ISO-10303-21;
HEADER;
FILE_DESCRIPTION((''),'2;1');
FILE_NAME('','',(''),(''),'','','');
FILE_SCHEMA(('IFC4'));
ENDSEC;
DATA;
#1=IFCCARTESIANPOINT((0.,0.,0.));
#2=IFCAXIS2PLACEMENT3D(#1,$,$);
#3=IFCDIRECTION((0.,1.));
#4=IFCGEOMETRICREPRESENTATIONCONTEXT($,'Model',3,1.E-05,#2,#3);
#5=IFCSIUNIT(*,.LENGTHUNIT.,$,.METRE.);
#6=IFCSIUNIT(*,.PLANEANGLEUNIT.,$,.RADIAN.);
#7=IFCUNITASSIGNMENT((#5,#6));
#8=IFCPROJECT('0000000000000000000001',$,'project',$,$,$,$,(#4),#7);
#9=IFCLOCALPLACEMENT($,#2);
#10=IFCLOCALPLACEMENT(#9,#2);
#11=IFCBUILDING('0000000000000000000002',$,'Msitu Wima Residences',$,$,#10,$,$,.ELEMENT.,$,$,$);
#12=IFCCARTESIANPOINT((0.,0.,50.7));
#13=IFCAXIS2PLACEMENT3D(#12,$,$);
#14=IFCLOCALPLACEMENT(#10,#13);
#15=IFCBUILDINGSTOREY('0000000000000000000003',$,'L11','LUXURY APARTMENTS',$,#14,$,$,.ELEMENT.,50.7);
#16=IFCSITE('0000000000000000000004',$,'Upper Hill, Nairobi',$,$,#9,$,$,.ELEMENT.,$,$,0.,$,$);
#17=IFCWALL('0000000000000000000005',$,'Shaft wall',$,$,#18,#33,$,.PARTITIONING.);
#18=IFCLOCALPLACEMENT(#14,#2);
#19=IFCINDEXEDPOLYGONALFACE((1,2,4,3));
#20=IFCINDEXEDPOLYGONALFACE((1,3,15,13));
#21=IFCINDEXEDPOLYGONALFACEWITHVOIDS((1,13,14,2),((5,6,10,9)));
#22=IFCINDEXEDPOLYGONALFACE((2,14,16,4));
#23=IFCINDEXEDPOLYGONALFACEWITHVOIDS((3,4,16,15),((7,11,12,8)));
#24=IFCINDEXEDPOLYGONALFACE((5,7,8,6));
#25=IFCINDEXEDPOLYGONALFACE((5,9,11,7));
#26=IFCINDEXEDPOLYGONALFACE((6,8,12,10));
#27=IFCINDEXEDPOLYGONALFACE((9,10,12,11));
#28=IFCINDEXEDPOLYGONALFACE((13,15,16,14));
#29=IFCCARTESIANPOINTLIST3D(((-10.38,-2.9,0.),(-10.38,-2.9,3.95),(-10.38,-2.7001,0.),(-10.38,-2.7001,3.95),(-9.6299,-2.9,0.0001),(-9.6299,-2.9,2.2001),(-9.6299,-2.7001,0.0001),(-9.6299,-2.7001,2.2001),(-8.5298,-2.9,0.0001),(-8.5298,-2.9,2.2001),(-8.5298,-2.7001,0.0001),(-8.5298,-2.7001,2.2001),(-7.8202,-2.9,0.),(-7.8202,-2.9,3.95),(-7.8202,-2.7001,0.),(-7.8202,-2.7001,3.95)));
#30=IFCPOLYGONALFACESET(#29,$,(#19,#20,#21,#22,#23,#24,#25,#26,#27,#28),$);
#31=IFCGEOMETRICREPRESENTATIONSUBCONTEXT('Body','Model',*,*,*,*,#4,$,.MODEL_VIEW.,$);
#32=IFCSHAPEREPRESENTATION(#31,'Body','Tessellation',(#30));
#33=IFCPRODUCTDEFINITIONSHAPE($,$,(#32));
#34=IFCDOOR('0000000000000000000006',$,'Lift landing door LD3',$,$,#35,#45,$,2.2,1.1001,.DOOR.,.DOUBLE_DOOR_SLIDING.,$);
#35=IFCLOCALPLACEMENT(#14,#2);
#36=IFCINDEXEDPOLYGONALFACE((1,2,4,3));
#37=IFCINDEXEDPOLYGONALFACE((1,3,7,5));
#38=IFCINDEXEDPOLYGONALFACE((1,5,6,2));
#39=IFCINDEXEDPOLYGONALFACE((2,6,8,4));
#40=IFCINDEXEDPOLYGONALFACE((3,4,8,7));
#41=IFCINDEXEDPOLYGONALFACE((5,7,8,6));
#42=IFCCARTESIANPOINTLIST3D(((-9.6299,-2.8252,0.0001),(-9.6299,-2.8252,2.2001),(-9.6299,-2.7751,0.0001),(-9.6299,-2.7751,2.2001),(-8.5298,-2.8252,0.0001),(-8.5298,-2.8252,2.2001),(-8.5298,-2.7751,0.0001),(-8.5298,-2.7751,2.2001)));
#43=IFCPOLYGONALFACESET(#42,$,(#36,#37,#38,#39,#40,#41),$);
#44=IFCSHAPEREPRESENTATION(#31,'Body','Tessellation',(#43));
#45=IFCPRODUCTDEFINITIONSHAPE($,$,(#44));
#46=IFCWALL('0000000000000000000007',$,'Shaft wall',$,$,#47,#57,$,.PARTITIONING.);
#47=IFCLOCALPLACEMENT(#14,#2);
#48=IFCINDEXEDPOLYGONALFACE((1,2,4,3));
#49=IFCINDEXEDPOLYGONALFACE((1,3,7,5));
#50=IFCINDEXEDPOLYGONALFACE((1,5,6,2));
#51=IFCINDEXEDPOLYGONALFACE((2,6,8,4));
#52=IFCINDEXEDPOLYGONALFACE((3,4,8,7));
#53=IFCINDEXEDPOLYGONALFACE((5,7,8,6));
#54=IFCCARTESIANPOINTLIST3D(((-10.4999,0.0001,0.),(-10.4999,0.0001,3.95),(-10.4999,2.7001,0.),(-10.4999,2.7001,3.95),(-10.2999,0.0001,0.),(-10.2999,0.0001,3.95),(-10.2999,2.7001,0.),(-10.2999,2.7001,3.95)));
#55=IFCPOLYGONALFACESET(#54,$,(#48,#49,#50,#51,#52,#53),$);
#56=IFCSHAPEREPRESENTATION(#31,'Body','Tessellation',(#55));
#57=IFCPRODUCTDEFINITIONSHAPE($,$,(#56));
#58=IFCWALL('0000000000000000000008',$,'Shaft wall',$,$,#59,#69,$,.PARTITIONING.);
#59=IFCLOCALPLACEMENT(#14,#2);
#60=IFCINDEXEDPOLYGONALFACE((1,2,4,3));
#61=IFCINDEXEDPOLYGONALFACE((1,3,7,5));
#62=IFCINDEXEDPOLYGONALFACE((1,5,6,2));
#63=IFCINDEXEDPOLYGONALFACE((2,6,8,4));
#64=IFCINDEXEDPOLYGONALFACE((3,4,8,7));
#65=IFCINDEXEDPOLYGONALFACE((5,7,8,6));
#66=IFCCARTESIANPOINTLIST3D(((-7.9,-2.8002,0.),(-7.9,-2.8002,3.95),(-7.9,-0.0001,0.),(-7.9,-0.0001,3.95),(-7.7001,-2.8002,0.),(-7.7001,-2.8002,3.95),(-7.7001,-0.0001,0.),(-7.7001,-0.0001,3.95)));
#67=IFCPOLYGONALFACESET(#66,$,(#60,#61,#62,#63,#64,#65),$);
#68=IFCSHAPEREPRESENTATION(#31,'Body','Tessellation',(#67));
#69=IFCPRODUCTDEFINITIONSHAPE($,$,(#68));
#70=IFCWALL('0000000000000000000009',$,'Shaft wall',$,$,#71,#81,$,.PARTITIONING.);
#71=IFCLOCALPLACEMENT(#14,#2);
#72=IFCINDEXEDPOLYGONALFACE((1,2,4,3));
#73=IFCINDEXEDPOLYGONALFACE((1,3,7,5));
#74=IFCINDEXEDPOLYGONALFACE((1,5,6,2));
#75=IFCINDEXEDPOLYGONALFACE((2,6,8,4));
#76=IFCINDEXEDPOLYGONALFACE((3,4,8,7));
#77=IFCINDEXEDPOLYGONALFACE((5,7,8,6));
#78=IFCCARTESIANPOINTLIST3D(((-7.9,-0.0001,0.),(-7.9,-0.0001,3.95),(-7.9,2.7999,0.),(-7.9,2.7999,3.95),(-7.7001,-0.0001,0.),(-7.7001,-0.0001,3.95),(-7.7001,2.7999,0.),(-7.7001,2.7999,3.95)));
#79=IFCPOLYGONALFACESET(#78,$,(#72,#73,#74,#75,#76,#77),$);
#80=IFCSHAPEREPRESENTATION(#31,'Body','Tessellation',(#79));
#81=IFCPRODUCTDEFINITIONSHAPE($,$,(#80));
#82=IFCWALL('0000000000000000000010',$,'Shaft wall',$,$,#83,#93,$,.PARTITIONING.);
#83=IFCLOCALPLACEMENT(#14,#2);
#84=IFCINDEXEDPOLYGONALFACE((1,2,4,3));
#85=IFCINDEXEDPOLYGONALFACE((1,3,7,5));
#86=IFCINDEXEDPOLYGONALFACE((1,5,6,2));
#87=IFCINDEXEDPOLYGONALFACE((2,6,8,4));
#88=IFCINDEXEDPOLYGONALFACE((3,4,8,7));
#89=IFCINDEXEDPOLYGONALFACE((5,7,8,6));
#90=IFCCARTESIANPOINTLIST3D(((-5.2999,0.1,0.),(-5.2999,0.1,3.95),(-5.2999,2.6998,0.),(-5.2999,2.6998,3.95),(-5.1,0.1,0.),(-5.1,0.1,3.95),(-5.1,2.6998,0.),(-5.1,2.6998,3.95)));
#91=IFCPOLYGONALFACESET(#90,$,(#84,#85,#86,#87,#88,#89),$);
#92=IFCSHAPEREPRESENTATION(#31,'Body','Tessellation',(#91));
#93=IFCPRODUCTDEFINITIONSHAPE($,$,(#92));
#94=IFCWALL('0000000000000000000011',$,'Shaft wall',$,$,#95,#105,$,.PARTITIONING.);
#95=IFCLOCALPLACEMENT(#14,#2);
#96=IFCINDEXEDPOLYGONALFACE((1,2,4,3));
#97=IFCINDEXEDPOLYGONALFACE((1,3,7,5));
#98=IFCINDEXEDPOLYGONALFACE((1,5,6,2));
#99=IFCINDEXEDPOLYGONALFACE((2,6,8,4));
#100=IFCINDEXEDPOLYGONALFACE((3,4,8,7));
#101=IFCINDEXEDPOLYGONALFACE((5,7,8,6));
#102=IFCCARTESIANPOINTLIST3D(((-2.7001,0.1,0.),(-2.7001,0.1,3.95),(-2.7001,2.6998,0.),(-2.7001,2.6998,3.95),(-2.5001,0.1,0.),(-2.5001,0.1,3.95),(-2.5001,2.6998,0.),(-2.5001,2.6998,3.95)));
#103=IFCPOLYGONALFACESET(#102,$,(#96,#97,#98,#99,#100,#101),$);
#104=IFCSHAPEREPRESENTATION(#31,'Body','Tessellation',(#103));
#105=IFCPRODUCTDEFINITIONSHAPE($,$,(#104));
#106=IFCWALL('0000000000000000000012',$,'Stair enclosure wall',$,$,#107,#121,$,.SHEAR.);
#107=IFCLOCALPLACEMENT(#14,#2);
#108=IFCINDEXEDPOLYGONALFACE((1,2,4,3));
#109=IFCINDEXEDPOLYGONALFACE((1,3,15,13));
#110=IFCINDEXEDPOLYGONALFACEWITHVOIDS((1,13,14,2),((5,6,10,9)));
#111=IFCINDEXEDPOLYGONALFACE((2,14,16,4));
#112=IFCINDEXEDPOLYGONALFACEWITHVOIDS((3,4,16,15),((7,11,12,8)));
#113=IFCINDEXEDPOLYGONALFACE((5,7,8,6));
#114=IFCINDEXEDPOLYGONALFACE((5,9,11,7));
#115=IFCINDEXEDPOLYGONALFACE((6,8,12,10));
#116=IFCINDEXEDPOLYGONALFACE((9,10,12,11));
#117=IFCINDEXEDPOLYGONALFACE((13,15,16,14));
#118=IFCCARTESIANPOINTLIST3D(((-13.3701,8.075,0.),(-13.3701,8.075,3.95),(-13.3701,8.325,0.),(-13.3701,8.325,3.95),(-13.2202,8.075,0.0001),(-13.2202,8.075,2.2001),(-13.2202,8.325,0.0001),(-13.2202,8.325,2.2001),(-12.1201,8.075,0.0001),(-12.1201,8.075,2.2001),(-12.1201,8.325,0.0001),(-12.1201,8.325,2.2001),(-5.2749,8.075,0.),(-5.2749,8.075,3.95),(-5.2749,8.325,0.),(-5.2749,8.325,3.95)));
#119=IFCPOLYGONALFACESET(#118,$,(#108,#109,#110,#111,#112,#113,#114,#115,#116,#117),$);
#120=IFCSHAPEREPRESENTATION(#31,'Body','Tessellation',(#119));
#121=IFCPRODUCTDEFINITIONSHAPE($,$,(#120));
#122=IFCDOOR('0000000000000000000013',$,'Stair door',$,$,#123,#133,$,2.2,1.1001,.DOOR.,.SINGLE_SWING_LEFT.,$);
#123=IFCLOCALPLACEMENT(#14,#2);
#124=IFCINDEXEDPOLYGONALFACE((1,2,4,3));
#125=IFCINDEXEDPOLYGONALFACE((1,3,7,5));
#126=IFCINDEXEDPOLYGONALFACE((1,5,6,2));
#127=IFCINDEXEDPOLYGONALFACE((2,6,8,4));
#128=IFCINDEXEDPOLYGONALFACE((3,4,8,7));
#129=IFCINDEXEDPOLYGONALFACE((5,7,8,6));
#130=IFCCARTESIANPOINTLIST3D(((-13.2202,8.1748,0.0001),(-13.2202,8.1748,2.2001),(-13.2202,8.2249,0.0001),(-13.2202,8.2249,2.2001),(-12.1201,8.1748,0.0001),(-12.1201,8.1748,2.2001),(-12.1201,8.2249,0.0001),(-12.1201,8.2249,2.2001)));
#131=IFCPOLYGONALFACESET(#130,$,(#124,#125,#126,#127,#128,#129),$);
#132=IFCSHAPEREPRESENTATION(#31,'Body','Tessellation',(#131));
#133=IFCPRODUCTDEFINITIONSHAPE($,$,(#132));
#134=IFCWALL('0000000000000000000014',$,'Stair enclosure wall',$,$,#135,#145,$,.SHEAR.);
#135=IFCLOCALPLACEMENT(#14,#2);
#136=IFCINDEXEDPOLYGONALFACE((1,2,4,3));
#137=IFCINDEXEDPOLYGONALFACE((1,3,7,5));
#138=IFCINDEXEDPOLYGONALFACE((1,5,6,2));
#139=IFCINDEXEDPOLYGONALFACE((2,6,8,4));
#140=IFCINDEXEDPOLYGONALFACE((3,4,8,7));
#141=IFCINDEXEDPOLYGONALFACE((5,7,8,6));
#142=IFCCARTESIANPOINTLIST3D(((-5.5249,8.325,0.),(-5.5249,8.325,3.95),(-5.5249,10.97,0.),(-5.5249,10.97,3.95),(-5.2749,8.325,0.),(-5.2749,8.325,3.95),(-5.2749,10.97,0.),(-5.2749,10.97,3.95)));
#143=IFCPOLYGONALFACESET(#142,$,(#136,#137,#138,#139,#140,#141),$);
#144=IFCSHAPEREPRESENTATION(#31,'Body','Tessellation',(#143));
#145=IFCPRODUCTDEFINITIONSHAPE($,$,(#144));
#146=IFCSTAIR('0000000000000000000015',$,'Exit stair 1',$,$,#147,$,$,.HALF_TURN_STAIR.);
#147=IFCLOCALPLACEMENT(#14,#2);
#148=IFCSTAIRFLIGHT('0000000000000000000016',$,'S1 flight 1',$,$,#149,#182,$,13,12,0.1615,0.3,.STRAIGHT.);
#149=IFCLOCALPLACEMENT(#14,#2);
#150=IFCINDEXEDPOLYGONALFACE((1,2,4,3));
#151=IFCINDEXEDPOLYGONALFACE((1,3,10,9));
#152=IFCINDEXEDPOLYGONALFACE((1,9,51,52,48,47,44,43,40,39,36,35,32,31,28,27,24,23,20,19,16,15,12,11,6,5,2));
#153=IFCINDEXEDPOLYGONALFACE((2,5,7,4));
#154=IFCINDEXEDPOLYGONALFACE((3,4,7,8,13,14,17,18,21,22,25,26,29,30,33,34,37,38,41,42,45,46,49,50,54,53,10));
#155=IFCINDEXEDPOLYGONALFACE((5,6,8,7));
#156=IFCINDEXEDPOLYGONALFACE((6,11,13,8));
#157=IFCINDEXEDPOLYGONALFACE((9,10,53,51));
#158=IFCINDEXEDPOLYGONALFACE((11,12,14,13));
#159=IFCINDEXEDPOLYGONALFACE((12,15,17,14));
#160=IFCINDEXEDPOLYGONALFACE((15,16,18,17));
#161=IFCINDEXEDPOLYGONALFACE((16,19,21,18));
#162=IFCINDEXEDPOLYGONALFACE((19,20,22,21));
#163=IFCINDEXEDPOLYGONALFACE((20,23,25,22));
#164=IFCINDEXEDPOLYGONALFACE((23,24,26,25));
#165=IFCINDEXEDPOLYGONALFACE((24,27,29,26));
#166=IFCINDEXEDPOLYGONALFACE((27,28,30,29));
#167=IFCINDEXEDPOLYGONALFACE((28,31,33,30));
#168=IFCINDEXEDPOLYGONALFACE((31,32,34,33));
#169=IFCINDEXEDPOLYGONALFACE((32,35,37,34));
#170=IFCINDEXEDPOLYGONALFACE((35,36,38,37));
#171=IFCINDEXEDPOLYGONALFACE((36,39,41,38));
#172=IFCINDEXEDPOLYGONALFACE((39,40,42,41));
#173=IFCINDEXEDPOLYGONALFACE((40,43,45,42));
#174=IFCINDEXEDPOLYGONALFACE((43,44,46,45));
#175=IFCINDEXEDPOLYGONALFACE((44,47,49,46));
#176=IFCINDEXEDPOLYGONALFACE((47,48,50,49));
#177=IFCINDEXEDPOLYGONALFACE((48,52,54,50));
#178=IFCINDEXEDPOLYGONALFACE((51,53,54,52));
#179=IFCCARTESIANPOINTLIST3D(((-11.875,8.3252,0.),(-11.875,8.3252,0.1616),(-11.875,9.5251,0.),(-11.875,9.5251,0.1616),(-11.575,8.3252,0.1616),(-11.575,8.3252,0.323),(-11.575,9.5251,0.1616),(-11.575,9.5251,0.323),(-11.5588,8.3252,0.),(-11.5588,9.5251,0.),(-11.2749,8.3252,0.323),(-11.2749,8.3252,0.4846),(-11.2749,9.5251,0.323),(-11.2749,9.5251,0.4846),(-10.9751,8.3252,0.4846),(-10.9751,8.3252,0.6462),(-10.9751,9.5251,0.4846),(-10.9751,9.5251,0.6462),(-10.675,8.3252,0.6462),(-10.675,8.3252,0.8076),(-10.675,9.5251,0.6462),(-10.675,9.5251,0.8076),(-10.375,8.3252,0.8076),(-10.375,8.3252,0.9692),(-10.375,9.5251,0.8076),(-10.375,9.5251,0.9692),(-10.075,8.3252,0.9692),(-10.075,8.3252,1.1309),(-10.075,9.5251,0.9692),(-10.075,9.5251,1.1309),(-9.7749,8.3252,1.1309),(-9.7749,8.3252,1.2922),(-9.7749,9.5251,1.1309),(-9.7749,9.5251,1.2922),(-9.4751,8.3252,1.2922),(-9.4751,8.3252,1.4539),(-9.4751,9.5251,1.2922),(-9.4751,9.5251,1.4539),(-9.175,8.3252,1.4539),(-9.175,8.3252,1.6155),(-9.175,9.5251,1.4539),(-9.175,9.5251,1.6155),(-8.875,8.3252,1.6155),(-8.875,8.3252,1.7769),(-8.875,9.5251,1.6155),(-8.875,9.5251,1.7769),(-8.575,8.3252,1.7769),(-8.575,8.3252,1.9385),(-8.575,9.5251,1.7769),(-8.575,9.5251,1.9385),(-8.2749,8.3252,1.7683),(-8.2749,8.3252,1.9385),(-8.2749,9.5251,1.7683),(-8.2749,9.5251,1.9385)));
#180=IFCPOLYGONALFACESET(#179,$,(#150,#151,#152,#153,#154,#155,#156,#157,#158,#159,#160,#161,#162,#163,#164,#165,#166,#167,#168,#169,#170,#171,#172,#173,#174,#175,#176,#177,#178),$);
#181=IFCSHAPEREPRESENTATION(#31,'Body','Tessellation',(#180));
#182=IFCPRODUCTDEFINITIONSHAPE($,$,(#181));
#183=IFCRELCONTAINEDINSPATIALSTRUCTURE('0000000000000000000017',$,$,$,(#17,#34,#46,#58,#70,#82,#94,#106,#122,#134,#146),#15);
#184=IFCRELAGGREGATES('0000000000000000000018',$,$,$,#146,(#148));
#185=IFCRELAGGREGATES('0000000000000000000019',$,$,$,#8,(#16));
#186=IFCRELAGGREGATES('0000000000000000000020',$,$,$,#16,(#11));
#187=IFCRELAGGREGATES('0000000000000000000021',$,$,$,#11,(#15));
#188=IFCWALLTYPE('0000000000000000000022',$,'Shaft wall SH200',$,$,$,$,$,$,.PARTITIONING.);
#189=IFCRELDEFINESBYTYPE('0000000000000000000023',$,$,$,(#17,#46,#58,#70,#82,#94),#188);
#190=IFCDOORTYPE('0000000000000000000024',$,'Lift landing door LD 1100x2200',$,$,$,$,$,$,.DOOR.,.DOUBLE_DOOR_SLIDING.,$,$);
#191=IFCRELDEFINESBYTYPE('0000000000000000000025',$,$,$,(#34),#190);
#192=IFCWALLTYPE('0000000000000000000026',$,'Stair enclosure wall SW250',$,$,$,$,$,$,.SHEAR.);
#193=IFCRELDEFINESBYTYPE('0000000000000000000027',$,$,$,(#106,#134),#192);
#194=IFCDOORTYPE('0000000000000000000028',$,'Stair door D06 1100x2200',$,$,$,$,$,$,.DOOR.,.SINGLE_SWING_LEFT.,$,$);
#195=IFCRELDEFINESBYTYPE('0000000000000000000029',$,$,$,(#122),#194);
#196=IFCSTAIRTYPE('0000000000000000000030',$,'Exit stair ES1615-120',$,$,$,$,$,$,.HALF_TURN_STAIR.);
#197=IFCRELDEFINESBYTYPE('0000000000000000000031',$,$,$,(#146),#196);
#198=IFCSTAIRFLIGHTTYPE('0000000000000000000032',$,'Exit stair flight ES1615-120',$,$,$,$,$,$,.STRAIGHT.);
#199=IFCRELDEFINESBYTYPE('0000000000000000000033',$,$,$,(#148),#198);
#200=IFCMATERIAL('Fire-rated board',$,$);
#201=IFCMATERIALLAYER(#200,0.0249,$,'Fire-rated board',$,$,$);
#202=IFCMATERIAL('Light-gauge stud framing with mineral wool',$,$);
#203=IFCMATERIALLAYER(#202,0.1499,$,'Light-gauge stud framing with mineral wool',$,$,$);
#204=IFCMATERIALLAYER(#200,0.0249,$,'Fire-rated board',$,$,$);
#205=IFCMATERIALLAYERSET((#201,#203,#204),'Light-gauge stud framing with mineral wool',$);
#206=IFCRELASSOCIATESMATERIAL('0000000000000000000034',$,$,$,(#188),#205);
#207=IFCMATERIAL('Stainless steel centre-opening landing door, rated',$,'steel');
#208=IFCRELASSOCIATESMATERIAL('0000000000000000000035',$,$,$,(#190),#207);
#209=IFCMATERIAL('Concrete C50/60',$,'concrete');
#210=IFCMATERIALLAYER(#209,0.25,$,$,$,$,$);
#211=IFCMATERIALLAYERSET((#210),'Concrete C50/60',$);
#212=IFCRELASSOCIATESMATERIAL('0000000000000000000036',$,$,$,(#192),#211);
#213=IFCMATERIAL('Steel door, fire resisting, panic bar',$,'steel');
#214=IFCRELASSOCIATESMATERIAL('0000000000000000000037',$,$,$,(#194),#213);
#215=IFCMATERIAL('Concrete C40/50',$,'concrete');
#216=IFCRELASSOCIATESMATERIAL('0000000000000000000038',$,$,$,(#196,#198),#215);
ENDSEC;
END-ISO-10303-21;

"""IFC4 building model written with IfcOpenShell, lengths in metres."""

from ifc_helpers import new_model, si_unit, direction, frame, frame_2d, origin, place, context, subcontext, project, spatial, polyline, rectangle, outline, extrude, material, layer, layer_set, type_object, element, fill, aggregate, save


model = new_model("IFC4")

# Units and contexts
model_context = context("Model", 3, precision=1e-05, world=origin(), true_north=direction((0.0, 1.0)))
body_context = subcontext(model_context, "Body", "Model", "MODEL_VIEW")
ifc_project = project(units=[si_unit("LENGTHUNIT", "METRE"), si_unit("PLANEANGLEUNIT", "RADIAN")], contexts=[model_context])

# Site, building, storey
site_placement = place(None, origin())
site = spatial("IfcSite", under=ifc_project, at=site_placement, Name="Upper Hill, Nairobi", CompositionType="ELEMENT", RefElevation=0.0)
building_placement = place(site_placement, origin())
building = spatial("IfcBuilding", under=site, at=building_placement, Name="Msitu Wima Residences", CompositionType="ELEMENT")
storey_placement = place(building_placement, frame((0.0, 0.0, 50.7)))
storey = spatial("IfcBuildingStorey", under=building, at=storey_placement, Name="L11", Description="LUXURY APARTMENTS", CompositionType="ELEMENT", Elevation=50.7)

# Shared definitions
ifc_material_1 = material(Name="Concrete C40/50", Category="concrete")

# Shared definitions
ifc_material_2 = material(Name="Fire-rated board")
ifc_layer_1 = layer(ifc_material_2, 0.0249, Name="Fire-rated board")
ifc_material_3 = material(Name="Light-gauge stud framing with mineral wool")
ifc_layer_2 = layer(ifc_material_3, 0.1499, Name="Light-gauge stud framing with mineral wool")
ifc_layer_3 = layer(ifc_material_2, 0.0249, Name="Fire-rated board")
ifc_layer_set_1 = layer_set([ifc_layer_1, ifc_layer_2, ifc_layer_3], Name="Light-gauge stud framing with mineral wool")
wall_type_1 = type_object("IfcWallType", Name="Shaft wall SH200", PredefinedType="PARTITIONING", material=ifc_layer_set_1)

# Wall, opening, door
wall_1_placement = place(storey_placement, frame((-10.3799, -2.8, 0.0), z_axis=(0.0, 0.0, 1.0), x_axis=(1.0, 0.0, 0.0)))
wall_1 = element("IfcWall", 1, at=wall_1_placement, inside=storey, type_object=wall_type_1, Name="Shaft wall", PredefinedType="PARTITIONING", context=body_context, shape_type="SweptSolid", body=[
    extrude(rectangle(XDim=2.5598, YDim=0.2, at=frame_2d((1.2798, 0.0))), origin(), (0.0, 0.0, 1.0), 3.95),
])
opening_1_placement = place(wall_1_placement, frame((0.75, 0.0, 0.0)))
opening_1 = element("IfcOpeningElement", 2, at=opening_1_placement, cuts=wall_1, PredefinedType="OPENING", context=body_context, shape_type="SweptSolid", body=[
    extrude(rectangle(XDim=1.1001, YDim=2.2, at=frame_2d((0.55, 1.1001))), frame((0.0, 0.1099, 0.0), z_axis=(0.0, -1.0, 0.0), x_axis=(1.0, 0.0, 0.0)), (0.0, 0.0, 1.0), 0.22),
])
ifc_material_4 = material(Name="Stainless steel centre-opening landing door, rated", Category="steel")
door_type_1 = type_object("IfcDoorType", Name="Lift landing door LD 1100x2200", OperationType="DOUBLE_DOOR_SLIDING", PredefinedType="DOOR", material=ifc_material_4)
door_1_placement = place(opening_1_placement, origin())
door_1 = element("IfcDoor", 3, at=door_1_placement, inside=storey, type_object=door_type_1, Name="Lift landing door LD3", OperationType="DOUBLE_DOOR_SLIDING", OverallHeight=2.2, OverallWidth=1.1001, PredefinedType="DOOR", context=body_context, shape_type="SweptSolid", body=[
    extrude(rectangle(XDim=1.1001, YDim=2.2, at=frame_2d((0.55, 1.1001))), frame((0.0, 0.0249, 0.0), z_axis=(0.0, -1.0, 0.0), x_axis=(1.0, 0.0, 0.0)), (0.0, 0.0, 1.0), 0.05),
])
fill(opening_1, door_1)

# Walls
wall_2_placement = place(storey_placement, frame((-10.3999, 0.0, 0.0), z_axis=(0.0, 0.0, 1.0), x_axis=(0.0, 1.0, 0.0)))
element("IfcWall", 4, at=wall_2_placement, inside=storey, type_object=wall_type_1, Name="Shaft wall", PredefinedType="PARTITIONING", context=body_context, shape_type="SweptSolid", body=[
    extrude(rectangle(XDim=2.7, YDim=0.2, at=frame_2d((1.3501, 0.0))), origin(), (0.0, 0.0, 1.0), 3.95),
])
for number, where, z_axis, x_axis, name in (
    (5, (-7.8, -2.8, 0.0), (0.0, 0.0, 1.0), (0.0, 1.0, 0.0), "Shaft wall"),
    (6, (-7.8, 0.0, 0.0), (0.0, 0.0, 1.0), (0.0, 1.0, 0.0), "Shaft wall"),
):
    element("IfcWall", number, at=place(storey_placement, frame(where, z_axis=z_axis, x_axis=x_axis)), inside=storey, type_object=wall_type_1, Name=name, PredefinedType="PARTITIONING", context=body_context, shape_type="SweptSolid", body=[
        extrude(rectangle(XDim=2.8, YDim=0.2, at=frame_2d((1.3999, 0.0))), origin(), (0.0, 0.0, 1.0), 3.95),
    ])
for number, where, z_axis, x_axis, name in (
    (7, (-5.2, 0.1001, 0.0), (0.0, 0.0, 1.0), (0.0, 1.0, 0.0), "Shaft wall"),
    (8, (-2.6001, 0.1001, 0.0), (0.0, 0.0, 1.0), (0.0, 1.0, 0.0), "Shaft wall"),
):
    element("IfcWall", number, at=place(storey_placement, frame(where, z_axis=z_axis, x_axis=x_axis)), inside=storey, type_object=wall_type_1, Name=name, PredefinedType="PARTITIONING", context=body_context, shape_type="SweptSolid", body=[
        extrude(rectangle(XDim=2.5999, YDim=0.2, at=frame_2d((1.2998, 0.0))), origin(), (0.0, 0.0, 1.0), 3.95),
    ])

# Wall, opening, door
ifc_material_5 = material(Name="Concrete C50/60", Category="concrete")
ifc_layer_4 = layer(ifc_material_5, 0.25)
ifc_layer_set_2 = layer_set([ifc_layer_4], Name="Concrete C50/60")
wall_type_2 = type_object("IfcWallType", Name="Stair enclosure wall SW250", PredefinedType="SHEAR", material=ifc_layer_set_2)
wall_3_placement = place(storey_placement, frame((-13.3701, 8.2, 0.0), z_axis=(0.0, 0.0, 1.0), x_axis=(1.0, 0.0, 0.0)))
wall_3 = element("IfcWall", 9, at=wall_3_placement, inside=storey, type_object=wall_type_2, Name="Stair enclosure wall", PredefinedType="SHEAR", context=body_context, shape_type="SweptSolid", body=[
    extrude(rectangle(XDim=8.0952, YDim=0.25, at=frame_2d((4.0476, 0.0))), origin(), (0.0, 0.0, 1.0), 3.95),
])
opening_2_placement = place(wall_3_placement, frame((0.1499, 0.0, 0.0)))
opening_2 = element("IfcOpeningElement", 10, at=opening_2_placement, cuts=wall_3, PredefinedType="OPENING", context=body_context, shape_type="SweptSolid", body=[
    extrude(rectangle(XDim=1.1001, YDim=2.2, at=frame_2d((0.55, 1.1001))), frame((0.0, 0.135, 0.0), z_axis=(0.0, -1.0, 0.0), x_axis=(1.0, 0.0, 0.0)), (0.0, 0.0, 1.0), 0.27),
])
ifc_material_6 = material(Name="Steel door, fire resisting, panic bar", Category="steel")
door_type_2 = type_object("IfcDoorType", Name="Stair door D06 1100x2200", OperationType="SINGLE_SWING_LEFT", PredefinedType="DOOR", material=ifc_material_6)
door_2_placement = place(opening_2_placement, origin())
door_2 = element("IfcDoor", 11, at=door_2_placement, inside=storey, type_object=door_type_2, Name="Stair door", OperationType="SINGLE_SWING_LEFT", OverallHeight=2.2, OverallWidth=1.1001, PredefinedType="DOOR", context=body_context, shape_type="SweptSolid", body=[
    extrude(rectangle(XDim=1.1001, YDim=2.2, at=frame_2d((0.55, 1.1001))), frame((0.0, 0.0249, 0.0), z_axis=(0.0, -1.0, 0.0), x_axis=(1.0, 0.0, 0.0)), (0.0, 0.0, 1.0), 0.05),
])
fill(opening_2, door_2)

# Wall
wall_4_placement = place(storey_placement, frame((-5.3999, 8.325, 0.0), z_axis=(0.0, 0.0, 1.0), x_axis=(0.0, 1.0, 0.0)))
element("IfcWall", 12, at=wall_4_placement, inside=storey, type_object=wall_type_2, Name="Stair enclosure wall", PredefinedType="SHEAR", context=body_context, shape_type="SweptSolid", body=[
    extrude(rectangle(XDim=2.645, YDim=0.25, at=frame_2d((1.3225, 0.0))), origin(), (0.0, 0.0, 1.0), 3.95),
])

# Stair, stair flight
stair_type = type_object("IfcStairType", Name="Exit stair ES1615-120", PredefinedType="HALF_TURN_STAIR", material=ifc_material_1)
stair_placement = place(storey_placement, origin())
stair = element("IfcStair", 13, at=stair_placement, inside=storey, type_object=stair_type, Name="Exit stair 1", PredefinedType="HALF_TURN_STAIR")
stair_flight_type = type_object("IfcStairFlightType", Name="Exit stair flight ES1615-120", PredefinedType="STRAIGHT", material=ifc_material_1)
stair_flight_1_placement = place(storey_placement, frame((-11.875, 8.925, 0.0), z_axis=(0.0, 0.0, 1.0), x_axis=(1.0, 0.0, 0.0)))
stair_flight_1 = element("IfcStairFlight", 14, at=stair_flight_1_placement, type_object=stair_flight_type, Name="S1 flight 1", NumberOfRisers=13, NumberOfTreads=12, PredefinedType="STRAIGHT", RiserHeight=0.1615, TreadLength=0.3, context=body_context, shape_type="SweptSolid", body=[
    extrude(outline(polyline([(0.0, 0.0), (0.0, 0.1616), (0.3, 0.1616), (0.3, 0.323), (0.6001, 0.323), (0.6001, 0.4846), (0.8999, 0.4846), (0.8999, 0.6462), (1.2, 0.6462), (1.2, 0.8076), (1.5, 0.8076), (1.5, 0.9692), (1.8, 0.9692), (1.8, 1.1309), (2.1001, 1.1309), (2.1001, 1.2922), (2.3999, 1.2922), (2.3999, 1.4539), (2.7, 1.4539), (2.7, 1.6155), (3.0, 1.6155), (3.0, 1.7769), (3.3, 1.7769), (3.3, 1.9385), (3.6001, 1.9385), (3.6001, 2.1001), (3.6001, 1.7683), (0.3162, 0.0), (0.0, 0.0)])), frame((0.0, 0.6001, 0.0), z_axis=(0.0, -1.0, 0.0), x_axis=(1.0, 0.0, 0.0)), (0.0, 0.0, 1.0), 1.2),
])
aggregate(stair, [stair_flight_1])

save(model, "model.ifc")
